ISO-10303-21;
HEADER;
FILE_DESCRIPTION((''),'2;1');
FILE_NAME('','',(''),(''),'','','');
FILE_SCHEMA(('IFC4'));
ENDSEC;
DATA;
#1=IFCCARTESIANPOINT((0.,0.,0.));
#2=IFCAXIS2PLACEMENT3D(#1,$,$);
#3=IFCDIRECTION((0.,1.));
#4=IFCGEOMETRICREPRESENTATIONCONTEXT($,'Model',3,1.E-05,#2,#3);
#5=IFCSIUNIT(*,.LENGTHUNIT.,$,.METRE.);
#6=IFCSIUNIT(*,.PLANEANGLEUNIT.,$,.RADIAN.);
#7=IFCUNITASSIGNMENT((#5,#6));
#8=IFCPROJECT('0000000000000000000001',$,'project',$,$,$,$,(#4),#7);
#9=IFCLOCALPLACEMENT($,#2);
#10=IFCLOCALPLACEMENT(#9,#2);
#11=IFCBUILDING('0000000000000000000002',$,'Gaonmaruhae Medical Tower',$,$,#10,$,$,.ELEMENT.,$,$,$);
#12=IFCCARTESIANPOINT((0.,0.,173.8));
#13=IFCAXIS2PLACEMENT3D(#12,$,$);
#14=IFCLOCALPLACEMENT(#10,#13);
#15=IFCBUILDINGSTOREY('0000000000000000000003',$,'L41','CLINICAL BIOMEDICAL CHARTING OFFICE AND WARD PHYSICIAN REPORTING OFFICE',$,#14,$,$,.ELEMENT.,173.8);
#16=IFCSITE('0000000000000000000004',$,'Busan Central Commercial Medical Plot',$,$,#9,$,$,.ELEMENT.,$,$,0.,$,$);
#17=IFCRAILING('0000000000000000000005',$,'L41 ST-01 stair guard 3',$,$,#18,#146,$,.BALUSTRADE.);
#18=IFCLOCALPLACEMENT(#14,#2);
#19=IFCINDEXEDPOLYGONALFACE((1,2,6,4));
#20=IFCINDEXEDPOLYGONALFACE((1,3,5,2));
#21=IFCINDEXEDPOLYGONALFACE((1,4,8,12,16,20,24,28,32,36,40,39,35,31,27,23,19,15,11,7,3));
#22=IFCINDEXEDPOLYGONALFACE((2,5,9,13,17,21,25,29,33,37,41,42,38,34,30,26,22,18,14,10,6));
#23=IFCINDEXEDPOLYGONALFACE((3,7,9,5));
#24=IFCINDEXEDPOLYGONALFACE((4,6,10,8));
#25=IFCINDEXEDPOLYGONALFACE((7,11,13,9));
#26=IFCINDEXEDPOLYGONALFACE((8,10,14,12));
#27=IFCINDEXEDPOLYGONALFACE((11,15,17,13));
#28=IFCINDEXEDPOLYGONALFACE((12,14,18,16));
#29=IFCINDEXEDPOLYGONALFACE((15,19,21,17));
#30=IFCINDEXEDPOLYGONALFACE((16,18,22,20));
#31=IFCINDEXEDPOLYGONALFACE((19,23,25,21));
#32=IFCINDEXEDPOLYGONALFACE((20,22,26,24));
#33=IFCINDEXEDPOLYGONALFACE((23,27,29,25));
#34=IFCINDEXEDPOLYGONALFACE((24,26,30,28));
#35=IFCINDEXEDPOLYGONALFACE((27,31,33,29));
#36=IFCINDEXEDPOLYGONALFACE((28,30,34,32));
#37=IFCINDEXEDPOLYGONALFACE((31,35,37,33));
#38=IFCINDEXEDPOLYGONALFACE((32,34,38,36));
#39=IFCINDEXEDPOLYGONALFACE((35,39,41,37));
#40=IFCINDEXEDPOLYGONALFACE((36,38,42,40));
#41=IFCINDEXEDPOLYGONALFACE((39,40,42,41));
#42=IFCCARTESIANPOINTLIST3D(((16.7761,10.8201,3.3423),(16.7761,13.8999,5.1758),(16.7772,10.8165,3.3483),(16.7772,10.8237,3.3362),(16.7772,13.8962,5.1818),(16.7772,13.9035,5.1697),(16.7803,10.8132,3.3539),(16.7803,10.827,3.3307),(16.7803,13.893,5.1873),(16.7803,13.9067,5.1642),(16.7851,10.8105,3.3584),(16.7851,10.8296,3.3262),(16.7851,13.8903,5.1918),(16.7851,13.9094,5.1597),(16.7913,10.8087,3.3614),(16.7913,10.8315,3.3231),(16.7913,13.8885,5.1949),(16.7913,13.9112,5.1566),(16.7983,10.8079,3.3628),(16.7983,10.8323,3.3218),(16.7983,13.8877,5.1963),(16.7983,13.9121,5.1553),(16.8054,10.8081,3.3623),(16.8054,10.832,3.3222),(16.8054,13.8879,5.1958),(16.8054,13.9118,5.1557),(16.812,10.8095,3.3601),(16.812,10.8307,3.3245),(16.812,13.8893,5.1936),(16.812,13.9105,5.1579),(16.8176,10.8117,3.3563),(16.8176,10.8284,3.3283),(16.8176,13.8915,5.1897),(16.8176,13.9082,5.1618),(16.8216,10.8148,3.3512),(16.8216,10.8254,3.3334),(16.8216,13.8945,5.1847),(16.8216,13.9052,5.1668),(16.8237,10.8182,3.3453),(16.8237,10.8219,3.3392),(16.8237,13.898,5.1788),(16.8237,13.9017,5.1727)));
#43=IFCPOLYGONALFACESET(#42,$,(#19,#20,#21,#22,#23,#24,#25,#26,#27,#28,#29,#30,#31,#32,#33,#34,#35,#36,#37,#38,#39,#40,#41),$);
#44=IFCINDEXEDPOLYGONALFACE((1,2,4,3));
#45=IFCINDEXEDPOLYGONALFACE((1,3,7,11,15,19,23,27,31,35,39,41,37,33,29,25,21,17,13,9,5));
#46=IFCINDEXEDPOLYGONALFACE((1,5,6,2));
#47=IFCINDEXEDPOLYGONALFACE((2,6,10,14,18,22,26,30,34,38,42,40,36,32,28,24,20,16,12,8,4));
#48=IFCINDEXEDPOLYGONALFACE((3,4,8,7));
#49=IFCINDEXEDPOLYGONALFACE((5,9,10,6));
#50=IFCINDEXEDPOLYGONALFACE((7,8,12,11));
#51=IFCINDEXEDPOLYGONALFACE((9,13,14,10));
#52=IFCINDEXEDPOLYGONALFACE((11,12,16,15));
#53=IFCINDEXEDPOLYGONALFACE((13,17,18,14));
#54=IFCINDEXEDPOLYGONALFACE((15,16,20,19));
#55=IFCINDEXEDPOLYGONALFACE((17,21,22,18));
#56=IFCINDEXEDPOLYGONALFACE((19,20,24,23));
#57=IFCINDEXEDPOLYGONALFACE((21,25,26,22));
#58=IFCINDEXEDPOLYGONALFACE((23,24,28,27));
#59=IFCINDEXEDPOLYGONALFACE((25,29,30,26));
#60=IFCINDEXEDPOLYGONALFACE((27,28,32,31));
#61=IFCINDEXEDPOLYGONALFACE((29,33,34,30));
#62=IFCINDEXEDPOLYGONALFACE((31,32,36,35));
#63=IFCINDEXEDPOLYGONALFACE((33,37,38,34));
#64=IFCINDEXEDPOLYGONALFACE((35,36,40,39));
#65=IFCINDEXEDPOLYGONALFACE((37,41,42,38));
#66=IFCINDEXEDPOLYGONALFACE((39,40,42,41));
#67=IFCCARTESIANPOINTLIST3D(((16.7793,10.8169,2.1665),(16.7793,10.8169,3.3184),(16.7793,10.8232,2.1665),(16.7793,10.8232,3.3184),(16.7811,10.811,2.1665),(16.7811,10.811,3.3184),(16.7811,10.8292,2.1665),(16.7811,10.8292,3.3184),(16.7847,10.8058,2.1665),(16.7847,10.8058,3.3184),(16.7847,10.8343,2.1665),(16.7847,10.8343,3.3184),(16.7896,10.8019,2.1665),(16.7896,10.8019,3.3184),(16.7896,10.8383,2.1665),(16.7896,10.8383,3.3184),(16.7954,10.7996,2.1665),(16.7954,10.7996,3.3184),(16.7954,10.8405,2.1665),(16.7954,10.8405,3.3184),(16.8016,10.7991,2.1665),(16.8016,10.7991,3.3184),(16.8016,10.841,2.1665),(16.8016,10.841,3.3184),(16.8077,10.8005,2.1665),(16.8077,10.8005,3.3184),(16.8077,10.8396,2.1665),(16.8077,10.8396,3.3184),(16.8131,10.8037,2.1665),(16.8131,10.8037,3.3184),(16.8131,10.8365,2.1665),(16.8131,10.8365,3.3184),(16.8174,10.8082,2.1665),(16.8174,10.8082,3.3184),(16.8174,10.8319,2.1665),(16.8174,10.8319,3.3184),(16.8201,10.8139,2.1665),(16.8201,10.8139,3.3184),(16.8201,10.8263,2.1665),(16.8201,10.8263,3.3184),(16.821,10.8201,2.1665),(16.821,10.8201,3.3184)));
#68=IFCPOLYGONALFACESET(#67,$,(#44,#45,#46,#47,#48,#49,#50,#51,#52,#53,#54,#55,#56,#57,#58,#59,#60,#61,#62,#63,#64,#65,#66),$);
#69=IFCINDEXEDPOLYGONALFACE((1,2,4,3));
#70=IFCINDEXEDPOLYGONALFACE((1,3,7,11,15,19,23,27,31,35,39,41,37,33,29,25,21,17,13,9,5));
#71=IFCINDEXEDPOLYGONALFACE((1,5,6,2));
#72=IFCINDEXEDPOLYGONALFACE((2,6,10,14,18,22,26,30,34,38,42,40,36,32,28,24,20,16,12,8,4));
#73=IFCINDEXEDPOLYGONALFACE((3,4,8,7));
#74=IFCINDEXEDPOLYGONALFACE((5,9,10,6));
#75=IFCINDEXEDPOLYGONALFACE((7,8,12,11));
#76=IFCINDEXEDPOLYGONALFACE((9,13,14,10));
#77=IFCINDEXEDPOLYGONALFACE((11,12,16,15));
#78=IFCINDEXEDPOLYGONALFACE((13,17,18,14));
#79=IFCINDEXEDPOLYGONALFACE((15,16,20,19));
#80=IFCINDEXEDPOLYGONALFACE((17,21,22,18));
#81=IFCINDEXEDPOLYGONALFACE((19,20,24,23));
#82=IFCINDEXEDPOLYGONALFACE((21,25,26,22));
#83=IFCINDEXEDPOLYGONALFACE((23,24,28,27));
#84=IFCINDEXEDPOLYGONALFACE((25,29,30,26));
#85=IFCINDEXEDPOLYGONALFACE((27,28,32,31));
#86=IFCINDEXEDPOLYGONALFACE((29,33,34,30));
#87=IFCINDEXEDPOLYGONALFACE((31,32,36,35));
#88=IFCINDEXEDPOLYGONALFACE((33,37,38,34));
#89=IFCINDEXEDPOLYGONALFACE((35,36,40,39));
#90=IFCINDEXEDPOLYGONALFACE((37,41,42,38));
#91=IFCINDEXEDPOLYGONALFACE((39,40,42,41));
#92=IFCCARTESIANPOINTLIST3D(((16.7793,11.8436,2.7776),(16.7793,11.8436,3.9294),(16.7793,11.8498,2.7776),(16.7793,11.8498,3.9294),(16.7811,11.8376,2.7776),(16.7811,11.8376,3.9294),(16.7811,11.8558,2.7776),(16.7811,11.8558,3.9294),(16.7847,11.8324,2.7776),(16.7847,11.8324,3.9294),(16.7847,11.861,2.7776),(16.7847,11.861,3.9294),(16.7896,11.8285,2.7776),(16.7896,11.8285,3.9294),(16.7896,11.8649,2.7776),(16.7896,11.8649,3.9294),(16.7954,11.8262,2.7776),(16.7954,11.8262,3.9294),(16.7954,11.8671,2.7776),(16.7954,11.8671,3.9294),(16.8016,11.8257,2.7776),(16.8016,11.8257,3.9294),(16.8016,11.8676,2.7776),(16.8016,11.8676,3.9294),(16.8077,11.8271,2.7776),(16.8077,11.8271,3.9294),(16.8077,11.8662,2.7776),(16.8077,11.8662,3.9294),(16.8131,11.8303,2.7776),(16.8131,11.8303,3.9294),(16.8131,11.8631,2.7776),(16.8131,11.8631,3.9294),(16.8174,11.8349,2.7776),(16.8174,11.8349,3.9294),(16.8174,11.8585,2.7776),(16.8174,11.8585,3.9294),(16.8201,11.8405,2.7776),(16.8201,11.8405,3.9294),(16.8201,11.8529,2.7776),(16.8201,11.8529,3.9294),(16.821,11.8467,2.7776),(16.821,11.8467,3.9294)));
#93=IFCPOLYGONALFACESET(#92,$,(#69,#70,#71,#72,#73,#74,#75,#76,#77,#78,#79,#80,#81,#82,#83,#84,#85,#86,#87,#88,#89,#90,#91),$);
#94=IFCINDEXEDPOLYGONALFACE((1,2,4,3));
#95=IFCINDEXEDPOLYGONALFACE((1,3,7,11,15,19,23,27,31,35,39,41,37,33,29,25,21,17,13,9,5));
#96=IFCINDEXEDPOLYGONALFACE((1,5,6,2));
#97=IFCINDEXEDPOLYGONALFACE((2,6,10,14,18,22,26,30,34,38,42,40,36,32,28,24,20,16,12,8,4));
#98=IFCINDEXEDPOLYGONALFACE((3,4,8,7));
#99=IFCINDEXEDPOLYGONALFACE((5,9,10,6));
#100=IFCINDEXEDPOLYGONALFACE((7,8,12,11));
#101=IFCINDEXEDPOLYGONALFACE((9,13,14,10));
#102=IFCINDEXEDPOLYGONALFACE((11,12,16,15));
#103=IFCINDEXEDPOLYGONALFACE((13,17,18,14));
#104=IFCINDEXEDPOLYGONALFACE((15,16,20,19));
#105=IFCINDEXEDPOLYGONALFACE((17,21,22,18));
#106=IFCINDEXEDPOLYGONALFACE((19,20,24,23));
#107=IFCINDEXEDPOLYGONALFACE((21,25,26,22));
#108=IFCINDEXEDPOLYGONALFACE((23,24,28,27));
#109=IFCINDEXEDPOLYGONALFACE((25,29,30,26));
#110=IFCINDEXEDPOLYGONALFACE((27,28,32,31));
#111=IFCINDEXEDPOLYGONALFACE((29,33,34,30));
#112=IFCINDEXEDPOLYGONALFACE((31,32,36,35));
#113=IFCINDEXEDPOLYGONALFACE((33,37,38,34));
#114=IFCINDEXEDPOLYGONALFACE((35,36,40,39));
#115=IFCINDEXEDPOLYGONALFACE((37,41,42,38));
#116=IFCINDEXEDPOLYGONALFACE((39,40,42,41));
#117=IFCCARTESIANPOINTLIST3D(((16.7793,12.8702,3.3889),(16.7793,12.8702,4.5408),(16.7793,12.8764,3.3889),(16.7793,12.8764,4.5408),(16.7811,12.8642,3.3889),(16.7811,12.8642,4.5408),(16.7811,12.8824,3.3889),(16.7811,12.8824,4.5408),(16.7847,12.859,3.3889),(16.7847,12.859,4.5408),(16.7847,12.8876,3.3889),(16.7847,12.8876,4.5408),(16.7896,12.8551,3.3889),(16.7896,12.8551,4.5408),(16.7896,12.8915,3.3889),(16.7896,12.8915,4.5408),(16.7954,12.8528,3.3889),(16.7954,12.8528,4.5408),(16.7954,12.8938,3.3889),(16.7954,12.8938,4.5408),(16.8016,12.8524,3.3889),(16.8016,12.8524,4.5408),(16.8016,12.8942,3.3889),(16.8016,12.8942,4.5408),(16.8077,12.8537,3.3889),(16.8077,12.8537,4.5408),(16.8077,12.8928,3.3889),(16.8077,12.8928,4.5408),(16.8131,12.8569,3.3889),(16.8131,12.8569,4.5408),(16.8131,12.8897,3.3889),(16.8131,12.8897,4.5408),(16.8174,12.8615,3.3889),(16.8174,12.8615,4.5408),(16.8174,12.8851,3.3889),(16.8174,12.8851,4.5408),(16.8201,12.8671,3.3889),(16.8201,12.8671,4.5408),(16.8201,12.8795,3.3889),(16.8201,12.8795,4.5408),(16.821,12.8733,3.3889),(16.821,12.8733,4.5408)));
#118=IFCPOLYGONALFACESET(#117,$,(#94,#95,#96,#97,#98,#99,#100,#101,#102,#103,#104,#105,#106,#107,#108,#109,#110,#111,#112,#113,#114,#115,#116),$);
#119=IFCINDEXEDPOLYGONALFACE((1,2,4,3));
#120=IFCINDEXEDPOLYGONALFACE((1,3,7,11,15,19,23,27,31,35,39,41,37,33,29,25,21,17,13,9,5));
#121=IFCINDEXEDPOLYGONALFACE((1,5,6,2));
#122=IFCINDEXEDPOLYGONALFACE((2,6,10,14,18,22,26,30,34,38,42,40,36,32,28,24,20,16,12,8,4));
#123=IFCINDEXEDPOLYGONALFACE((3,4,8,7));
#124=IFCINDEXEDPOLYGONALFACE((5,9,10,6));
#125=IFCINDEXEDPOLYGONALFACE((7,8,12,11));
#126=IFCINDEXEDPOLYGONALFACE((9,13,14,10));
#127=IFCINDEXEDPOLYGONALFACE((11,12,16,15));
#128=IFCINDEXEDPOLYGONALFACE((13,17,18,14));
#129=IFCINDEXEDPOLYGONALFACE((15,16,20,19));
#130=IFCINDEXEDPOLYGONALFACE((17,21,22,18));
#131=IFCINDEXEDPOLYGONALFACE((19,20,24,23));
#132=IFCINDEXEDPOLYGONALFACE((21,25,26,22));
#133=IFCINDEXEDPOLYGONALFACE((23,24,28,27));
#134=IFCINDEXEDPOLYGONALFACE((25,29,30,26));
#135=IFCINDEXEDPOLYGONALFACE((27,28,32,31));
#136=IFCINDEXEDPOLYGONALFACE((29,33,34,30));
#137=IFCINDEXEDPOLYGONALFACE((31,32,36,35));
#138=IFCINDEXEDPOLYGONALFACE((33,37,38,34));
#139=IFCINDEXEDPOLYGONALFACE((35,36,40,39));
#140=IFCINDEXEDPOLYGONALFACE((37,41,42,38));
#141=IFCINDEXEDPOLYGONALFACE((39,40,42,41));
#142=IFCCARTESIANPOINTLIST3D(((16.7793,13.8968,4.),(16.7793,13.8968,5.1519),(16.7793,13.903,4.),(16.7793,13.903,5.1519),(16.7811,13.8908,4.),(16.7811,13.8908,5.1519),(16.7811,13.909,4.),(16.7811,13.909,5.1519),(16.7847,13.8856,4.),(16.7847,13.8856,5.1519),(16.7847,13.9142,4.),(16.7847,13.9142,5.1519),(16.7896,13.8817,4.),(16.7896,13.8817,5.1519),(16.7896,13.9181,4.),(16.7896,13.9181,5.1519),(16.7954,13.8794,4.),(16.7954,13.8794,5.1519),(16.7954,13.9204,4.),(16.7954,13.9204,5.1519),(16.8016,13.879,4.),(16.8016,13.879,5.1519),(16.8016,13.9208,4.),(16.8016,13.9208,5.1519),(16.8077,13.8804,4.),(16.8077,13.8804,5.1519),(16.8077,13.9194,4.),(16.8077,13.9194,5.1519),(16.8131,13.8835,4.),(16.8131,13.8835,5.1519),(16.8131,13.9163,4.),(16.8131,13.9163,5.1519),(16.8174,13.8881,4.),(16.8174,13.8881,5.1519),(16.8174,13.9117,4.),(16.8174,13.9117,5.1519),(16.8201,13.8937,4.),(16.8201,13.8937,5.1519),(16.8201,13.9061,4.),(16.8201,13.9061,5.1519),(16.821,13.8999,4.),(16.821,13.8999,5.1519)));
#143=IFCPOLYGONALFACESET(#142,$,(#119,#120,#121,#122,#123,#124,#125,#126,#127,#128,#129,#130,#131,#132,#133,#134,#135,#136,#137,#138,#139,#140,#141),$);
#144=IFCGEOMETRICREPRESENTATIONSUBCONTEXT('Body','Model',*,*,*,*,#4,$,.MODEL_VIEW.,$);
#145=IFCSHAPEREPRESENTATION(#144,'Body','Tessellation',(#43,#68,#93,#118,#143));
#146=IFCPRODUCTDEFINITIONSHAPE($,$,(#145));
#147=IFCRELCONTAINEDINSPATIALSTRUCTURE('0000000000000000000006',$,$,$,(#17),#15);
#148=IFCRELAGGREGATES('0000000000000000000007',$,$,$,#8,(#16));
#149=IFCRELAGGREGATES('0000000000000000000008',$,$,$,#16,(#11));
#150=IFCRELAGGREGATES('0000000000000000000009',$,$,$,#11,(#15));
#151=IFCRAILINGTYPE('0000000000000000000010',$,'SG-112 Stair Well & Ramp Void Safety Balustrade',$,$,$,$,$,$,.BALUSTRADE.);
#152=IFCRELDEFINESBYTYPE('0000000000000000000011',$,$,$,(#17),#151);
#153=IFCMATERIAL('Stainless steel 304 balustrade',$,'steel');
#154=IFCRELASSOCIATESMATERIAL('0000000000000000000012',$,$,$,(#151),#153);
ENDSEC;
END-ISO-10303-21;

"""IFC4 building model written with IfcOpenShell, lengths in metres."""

from ifc_helpers import new_model, si_unit, direction, frame, origin, origin_2d, place, context, subcontext, project, spatial, circle, extrude, material, type_object, element, save


model = new_model("IFC4")

# Units and contexts
model_context = context("Model", 3, precision=1e-05, world=origin(), true_north=direction((0.0, 1.0)))
body_context = subcontext(model_context, "Body", "Model", "MODEL_VIEW")
ifc_project = project(units=[si_unit("LENGTHUNIT", "METRE"), si_unit("PLANEANGLEUNIT", "RADIAN")], contexts=[model_context])

# Site, building, storey
site_placement = place(None, origin())
site = spatial("IfcSite", under=ifc_project, at=site_placement, Name="Busan Central Commercial Medical Plot", CompositionType="ELEMENT", RefElevation=0.0)
building_placement = place(site_placement, origin())
building = spatial("IfcBuilding", under=site, at=building_placement, Name="Gaonmaruhae Medical Tower", CompositionType="ELEMENT")
storey_placement = place(building_placement, frame((0.0, 0.0, 173.8)))
storey = spatial("IfcBuildingStorey", under=building, at=storey_placement, Name="L41", Description="CLINICAL BIOMEDICAL CHARTING OFFICE AND WARD PHYSICIAN REPORTING OFFICE", CompositionType="ELEMENT", Elevation=173.8)

# Railing
ifc_material_1 = material(Name="Stainless steel 304 balustrade", Category="steel")
railing_type_1 = type_object("IfcRailingType", Name="SG-112 Stair Well & Ramp Void Safety Balustrade", PredefinedType="BALUSTRADE", material=ifc_material_1)
railing_1_placement = place(storey_placement, frame((16.8, 10.8201, 2.1665)))
element("IfcRailing", 1, at=railing_1_placement, inside=storey, type_object=railing_type_1, Name="L41 ST-01 stair guard 3", PredefinedType="BALUSTRADE", context=body_context, shape_type="SweptSolid", body=[
    extrude(circle(Radius=0.0239, at=origin_2d()), frame((0.0, 0.0, 1.1758), z_axis=(0.0, 0.859261, 0.511538), x_axis=(-1.0, 0.0, 0.0)), (0.0, 0.0, 1.0), 3.5842),
    extrude(circle(Radius=0.021, at=origin_2d()), origin(), (0.0, 0.0, 1.0), 1.1519),
    extrude(circle(Radius=0.021, at=origin_2d()), frame((0.0, 1.0266, 0.6111)), (0.0, 0.0, 1.0), 1.1519),
    extrude(circle(Radius=0.021, at=origin_2d()), frame((0.0, 2.0532, 1.2224)), (0.0, 0.0, 1.0), 1.1519),
    extrude(circle(Radius=0.021, at=origin_2d()), frame((0.0, 3.0798, 1.8335)), (0.0, 0.0, 1.0), 1.1519),
])

save(model, "model.ifc")
